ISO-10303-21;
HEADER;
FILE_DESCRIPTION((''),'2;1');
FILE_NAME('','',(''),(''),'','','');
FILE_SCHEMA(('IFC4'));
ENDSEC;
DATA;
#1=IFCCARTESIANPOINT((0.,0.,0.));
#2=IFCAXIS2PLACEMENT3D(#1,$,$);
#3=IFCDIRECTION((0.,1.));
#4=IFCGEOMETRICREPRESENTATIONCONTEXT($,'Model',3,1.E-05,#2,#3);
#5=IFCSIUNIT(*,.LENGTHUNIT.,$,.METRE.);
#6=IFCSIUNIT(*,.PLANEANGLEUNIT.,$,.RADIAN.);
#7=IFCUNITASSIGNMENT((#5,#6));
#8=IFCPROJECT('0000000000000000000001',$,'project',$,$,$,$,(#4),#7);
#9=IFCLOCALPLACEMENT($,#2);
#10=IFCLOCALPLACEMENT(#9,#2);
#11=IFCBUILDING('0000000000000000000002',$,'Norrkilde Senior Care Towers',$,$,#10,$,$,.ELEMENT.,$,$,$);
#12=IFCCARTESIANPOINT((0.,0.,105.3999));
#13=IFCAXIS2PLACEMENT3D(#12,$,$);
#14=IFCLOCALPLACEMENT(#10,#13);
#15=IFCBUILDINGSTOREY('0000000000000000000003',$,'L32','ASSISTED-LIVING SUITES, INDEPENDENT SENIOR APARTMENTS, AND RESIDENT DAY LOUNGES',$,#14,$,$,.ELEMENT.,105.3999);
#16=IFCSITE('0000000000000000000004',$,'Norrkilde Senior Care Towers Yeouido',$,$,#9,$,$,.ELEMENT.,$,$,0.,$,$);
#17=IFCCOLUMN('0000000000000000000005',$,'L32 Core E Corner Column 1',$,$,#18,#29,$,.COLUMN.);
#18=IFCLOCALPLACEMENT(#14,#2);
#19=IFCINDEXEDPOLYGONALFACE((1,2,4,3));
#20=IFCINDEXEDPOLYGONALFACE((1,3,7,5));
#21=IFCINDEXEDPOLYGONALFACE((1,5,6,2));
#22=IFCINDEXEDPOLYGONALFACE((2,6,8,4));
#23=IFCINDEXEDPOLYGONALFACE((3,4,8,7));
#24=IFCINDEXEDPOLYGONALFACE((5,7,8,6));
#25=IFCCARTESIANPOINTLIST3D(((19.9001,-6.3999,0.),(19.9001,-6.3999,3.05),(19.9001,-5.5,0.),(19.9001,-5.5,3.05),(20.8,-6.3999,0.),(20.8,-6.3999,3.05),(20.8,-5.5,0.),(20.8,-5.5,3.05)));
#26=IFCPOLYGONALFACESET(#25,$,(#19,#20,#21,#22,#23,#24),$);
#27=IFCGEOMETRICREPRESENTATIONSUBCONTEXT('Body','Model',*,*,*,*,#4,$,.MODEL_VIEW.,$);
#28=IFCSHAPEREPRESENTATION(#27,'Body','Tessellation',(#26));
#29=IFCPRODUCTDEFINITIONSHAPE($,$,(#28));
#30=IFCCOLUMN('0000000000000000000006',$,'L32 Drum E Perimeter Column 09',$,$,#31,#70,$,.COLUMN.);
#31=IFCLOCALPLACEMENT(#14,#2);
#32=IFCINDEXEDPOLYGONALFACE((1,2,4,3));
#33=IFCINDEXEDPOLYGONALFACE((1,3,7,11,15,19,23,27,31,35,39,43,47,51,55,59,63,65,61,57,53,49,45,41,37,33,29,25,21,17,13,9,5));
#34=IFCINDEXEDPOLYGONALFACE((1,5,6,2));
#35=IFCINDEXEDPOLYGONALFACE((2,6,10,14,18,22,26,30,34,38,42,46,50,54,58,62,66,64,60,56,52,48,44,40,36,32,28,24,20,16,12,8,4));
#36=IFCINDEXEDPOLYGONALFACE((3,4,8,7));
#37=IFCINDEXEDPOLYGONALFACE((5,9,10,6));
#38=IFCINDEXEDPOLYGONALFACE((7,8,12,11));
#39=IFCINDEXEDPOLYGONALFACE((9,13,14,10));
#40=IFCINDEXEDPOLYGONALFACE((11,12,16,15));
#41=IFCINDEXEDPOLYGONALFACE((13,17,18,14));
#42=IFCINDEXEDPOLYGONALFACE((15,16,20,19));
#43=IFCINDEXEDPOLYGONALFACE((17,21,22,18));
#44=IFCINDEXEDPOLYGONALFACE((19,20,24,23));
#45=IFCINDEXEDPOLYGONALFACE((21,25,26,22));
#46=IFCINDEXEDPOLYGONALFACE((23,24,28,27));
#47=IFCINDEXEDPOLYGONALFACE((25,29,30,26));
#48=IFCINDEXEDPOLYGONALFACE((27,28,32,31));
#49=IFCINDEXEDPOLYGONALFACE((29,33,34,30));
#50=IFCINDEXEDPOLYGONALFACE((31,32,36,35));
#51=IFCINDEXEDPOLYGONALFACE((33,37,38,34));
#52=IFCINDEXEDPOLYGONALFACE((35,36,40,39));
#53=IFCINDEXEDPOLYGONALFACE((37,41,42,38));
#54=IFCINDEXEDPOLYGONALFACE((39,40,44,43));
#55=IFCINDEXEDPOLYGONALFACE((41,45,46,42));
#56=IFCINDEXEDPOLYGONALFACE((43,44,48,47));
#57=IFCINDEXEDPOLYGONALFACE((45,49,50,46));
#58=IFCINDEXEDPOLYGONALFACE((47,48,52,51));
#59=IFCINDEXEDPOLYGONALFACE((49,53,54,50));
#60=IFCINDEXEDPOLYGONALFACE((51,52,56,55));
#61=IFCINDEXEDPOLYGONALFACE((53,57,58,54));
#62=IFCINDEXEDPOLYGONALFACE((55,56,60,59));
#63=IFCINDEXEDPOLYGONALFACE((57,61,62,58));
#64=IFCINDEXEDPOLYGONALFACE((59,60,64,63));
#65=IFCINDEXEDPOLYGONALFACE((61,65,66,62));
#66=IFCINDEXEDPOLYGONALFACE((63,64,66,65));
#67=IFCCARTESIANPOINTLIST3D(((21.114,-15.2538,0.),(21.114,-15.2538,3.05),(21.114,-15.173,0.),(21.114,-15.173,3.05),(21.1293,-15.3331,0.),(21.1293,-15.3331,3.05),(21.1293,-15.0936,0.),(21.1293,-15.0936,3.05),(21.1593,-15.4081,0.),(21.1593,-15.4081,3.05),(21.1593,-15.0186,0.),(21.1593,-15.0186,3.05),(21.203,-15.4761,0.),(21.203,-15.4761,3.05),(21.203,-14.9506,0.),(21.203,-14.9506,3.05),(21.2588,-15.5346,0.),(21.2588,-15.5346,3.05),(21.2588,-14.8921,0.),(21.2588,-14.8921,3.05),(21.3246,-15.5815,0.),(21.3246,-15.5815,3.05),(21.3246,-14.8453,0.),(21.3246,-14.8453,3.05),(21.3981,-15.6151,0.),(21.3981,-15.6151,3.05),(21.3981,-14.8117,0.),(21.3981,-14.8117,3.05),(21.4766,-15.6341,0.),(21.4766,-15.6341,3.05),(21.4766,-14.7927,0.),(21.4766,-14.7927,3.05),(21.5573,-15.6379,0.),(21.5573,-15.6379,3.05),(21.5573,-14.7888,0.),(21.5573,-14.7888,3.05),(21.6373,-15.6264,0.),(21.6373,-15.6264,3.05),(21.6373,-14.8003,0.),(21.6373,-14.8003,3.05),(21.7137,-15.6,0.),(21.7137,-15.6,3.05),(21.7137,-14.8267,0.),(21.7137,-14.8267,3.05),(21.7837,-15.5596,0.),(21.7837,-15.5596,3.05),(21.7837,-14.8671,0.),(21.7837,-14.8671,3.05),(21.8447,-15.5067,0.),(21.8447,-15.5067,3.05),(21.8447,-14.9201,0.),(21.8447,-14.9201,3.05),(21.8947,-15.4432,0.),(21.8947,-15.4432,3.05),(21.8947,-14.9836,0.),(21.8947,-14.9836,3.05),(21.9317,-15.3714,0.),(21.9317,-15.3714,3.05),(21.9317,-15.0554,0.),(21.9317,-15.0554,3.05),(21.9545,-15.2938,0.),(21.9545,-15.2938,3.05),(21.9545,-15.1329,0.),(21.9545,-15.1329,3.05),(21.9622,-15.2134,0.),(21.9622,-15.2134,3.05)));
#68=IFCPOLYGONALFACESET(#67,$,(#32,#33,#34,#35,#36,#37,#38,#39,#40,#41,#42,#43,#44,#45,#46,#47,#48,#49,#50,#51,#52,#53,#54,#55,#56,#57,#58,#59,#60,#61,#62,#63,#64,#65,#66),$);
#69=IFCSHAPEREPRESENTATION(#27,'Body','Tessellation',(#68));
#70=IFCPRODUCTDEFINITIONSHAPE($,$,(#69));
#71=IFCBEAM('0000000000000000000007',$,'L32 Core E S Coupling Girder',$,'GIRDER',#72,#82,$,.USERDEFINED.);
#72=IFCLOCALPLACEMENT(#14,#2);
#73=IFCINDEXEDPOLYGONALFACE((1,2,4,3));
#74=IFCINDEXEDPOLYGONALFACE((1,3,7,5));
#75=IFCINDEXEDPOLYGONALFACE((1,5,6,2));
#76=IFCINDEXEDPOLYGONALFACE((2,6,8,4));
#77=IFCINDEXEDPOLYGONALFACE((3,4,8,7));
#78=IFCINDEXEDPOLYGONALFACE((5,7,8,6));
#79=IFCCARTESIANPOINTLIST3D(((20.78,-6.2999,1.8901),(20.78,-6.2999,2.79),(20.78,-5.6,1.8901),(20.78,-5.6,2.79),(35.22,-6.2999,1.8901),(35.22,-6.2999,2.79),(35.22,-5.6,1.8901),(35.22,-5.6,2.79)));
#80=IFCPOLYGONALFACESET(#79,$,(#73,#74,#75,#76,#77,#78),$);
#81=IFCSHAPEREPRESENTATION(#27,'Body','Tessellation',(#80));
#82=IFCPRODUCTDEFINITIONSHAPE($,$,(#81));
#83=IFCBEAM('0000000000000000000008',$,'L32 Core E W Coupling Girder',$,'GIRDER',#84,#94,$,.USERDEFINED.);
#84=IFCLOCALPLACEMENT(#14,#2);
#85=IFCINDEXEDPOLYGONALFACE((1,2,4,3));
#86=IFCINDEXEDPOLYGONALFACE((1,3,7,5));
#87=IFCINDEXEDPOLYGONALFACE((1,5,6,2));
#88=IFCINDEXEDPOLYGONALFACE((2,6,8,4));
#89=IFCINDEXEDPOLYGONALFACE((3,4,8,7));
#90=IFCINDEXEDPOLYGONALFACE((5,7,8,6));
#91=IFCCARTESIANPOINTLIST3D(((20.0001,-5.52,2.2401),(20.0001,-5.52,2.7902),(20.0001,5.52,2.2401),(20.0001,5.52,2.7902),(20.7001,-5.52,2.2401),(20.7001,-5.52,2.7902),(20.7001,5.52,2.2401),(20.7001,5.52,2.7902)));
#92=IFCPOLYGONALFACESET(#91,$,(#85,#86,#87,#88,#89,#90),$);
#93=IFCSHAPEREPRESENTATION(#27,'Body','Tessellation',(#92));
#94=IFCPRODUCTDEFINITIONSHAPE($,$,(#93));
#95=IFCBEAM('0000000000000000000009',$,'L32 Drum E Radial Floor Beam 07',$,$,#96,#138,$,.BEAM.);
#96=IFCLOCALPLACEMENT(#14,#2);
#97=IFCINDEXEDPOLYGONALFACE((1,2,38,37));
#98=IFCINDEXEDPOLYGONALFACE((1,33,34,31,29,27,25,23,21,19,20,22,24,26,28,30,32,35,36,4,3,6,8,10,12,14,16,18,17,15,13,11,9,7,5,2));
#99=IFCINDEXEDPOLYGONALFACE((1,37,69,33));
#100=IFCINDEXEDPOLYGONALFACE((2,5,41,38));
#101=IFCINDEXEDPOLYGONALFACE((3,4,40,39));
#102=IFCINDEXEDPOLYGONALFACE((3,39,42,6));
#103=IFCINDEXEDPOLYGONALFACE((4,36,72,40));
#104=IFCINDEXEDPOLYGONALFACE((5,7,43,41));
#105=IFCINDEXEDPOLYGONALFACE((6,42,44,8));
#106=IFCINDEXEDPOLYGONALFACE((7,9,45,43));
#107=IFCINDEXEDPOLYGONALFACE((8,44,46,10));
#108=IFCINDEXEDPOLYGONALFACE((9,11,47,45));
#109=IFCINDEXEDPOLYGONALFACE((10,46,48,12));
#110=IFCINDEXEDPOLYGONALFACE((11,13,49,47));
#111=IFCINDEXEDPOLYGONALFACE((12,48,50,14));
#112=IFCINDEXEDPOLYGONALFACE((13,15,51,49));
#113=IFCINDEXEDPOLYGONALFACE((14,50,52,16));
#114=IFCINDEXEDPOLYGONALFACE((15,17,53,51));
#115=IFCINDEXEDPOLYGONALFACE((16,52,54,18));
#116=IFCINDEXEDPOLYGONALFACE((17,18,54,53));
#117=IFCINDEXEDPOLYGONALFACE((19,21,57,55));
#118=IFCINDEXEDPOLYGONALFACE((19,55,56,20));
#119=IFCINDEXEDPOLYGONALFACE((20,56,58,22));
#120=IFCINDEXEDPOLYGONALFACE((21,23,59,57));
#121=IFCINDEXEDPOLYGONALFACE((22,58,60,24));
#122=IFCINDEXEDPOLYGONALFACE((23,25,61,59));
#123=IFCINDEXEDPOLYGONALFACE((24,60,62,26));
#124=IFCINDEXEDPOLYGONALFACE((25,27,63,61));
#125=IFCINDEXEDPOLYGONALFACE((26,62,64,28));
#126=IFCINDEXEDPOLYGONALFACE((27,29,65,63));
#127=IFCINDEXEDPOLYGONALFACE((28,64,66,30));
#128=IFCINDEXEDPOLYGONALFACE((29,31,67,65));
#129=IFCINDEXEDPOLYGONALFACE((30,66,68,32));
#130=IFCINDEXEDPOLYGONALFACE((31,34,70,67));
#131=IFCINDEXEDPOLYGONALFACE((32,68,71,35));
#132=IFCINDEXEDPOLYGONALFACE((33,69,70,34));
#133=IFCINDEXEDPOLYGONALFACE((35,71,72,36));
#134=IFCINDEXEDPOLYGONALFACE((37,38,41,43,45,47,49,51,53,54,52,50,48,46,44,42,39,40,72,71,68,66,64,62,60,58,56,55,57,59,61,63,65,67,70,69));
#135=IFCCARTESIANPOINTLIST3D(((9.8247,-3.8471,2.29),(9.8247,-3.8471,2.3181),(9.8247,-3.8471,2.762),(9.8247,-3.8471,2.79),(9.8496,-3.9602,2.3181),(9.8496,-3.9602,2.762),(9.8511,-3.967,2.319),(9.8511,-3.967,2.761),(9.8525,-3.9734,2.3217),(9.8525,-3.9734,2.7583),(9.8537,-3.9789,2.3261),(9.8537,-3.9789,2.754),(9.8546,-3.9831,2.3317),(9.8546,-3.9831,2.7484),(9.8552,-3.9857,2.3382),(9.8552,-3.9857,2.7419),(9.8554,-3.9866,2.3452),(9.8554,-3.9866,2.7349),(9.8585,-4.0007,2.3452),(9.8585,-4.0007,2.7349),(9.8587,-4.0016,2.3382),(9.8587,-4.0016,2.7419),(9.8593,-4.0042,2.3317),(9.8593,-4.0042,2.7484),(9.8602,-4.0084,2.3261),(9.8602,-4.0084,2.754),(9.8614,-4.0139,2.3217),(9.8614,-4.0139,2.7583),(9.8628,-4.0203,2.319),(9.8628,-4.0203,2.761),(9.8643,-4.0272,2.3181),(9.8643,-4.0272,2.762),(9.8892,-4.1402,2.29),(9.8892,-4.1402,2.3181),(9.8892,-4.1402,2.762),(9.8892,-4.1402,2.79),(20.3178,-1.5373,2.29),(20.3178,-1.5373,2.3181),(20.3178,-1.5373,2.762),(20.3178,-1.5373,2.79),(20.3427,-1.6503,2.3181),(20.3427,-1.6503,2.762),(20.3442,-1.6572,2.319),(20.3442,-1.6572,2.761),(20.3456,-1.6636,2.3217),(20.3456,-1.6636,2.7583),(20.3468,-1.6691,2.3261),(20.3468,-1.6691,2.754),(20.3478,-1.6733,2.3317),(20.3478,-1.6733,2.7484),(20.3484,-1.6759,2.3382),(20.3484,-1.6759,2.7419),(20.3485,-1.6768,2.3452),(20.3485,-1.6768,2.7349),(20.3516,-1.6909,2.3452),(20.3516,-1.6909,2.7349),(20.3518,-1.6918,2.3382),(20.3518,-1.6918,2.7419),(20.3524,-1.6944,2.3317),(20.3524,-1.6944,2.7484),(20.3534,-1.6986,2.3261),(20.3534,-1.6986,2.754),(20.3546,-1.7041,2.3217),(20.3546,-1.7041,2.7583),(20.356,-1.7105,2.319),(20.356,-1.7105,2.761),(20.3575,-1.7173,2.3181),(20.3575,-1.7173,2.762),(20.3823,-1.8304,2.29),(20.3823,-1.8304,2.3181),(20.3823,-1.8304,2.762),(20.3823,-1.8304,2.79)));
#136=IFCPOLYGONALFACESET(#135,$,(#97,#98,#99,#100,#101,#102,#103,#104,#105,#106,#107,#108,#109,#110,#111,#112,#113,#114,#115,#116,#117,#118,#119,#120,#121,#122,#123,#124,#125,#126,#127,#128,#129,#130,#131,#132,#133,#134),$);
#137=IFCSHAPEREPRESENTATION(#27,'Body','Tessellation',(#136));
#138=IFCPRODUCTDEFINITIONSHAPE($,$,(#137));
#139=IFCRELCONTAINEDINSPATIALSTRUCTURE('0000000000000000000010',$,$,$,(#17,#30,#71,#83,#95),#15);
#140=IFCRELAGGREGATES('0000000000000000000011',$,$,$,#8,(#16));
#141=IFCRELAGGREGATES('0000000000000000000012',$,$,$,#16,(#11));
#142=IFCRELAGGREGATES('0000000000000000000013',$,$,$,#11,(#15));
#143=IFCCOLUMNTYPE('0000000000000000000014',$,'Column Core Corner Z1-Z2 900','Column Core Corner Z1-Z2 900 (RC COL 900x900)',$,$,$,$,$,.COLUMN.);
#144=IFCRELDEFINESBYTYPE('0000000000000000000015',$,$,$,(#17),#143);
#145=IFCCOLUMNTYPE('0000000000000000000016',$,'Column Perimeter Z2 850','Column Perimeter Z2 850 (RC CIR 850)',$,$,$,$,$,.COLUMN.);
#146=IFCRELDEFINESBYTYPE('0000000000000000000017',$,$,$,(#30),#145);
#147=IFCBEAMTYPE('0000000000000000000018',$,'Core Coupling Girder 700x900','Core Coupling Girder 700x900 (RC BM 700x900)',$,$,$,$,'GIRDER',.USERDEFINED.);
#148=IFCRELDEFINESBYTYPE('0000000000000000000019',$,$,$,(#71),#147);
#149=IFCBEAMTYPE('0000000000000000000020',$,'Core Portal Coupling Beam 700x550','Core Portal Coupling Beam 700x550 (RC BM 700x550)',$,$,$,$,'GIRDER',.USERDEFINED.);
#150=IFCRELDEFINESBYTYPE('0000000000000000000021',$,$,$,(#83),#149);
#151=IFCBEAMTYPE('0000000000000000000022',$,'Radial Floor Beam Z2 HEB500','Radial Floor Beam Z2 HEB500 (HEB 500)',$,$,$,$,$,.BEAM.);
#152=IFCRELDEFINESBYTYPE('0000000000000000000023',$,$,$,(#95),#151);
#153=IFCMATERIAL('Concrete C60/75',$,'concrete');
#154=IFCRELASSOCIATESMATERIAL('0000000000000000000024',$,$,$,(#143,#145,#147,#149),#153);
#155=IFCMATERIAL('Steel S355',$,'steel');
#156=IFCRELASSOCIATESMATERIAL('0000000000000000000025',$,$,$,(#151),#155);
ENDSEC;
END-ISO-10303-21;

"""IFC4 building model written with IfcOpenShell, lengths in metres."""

from ifc_helpers import new_model, si_unit, direction, frame, origin, origin_2d, place, context, subcontext, project, spatial, rectangle, circle, i_section, extrude, source, transform, mapped, material, material_profile, profile_set, type_object, type_shapes, element, save


model = new_model("IFC4")

# Units and contexts
model_context = context("Model", 3, precision=1e-05, world=origin(), true_north=direction((0.0, 1.0)))
body_context = subcontext(model_context, "Body", "Model", "MODEL_VIEW")
ifc_project = project(units=[si_unit("LENGTHUNIT", "METRE"), si_unit("PLANEANGLEUNIT", "RADIAN")], contexts=[model_context])

# Site, building, storey
site_placement = place(None, origin())
site = spatial("IfcSite", under=ifc_project, at=site_placement, Name="Norrkilde Senior Care Towers Yeouido", CompositionType="ELEMENT", RefElevation=0.0)
building_placement = place(site_placement, origin())
building = spatial("IfcBuilding", under=site, at=building_placement, Name="Norrkilde Senior Care Towers", CompositionType="ELEMENT")
storey_placement = place(building_placement, frame((0.0, 0.0, 105.3999)))
storey = spatial("IfcBuildingStorey", under=building, at=storey_placement, Name="L32", Description="ASSISTED-LIVING SUITES, INDEPENDENT SENIOR APARTMENTS, AND RESIDENT DAY LOUNGES", CompositionType="ELEMENT", Elevation=105.3999)

# Columns
ifc_material_1 = material(Name="Concrete C60/75", Category="concrete")
ifc_material_profile_1 = material_profile(ifc_material_1, rectangle(XDim=0.8999, YDim=0.8999, at=origin_2d()), Name="RC COL 900x900")
ifc_profile_set_1 = profile_set([ifc_material_profile_1], Name="Concrete C60/75")
column_type_1 = type_object("IfcColumnType", Name="Column Core Corner Z1-Z2 900", Description="Column Core Corner Z1-Z2 900 (RC COL 900x900)", PredefinedType="COLUMN", material=ifc_profile_set_1)
shared_shape_1 = source(origin(), body_context, "Body", "SweptSolid", [
    extrude(rectangle(XDim=0.8999, YDim=0.8999, at=origin_2d()), origin(), (0.0, 0.0, 1.0), 3.05),
])
type_shapes(column_type_1, [shared_shape_1])
column_1_placement = place(storey_placement, frame((20.3501, -5.95, 0.0), z_axis=(0.0, 0.0, 1.0), x_axis=(1.0, 0.0, 0.0)))
element("IfcColumn", 1, at=column_1_placement, inside=storey, type_object=column_type_1, Name="L32 Core E Corner Column 1", PredefinedType="COLUMN", context=body_context, shape_type="MappedRepresentation", body=[
    mapped(shared_shape_1, transform((0.0, 0.0, 0.0), x_axis=(1.0, 0.0, 0.0), y_axis=(0.0, 1.0, 0.0), z_axis=(0.0, 0.0, 1.0), scale=1.0)),
])
ifc_material_profile_2 = material_profile(ifc_material_1, circle(Radius=0.425, at=origin_2d()), Name="RC CIR 850")
ifc_profile_set_2 = profile_set([ifc_material_profile_2], Name="Concrete C60/75")
column_type_2 = type_object("IfcColumnType", Name="Column Perimeter Z2 850", Description="Column Perimeter Z2 850 (RC CIR 850)", PredefinedType="COLUMN", material=ifc_profile_set_2)
shared_shape_2 = source(origin(), body_context, "Body", "SweptSolid", [
    extrude(circle(Radius=0.425, at=origin_2d()), origin(), (0.0, 0.0, 1.0), 3.05),
])
type_shapes(column_type_2, [shared_shape_2])
column_2_placement = place(storey_placement, frame((21.5371, -15.2134, 0.0), z_axis=(0.0, 0.0, 1.0), x_axis=(1.0, 0.0, 0.0)))
element("IfcColumn", 2, at=column_2_placement, inside=storey, type_object=column_type_2, Name="L32 Drum E Perimeter Column 09", PredefinedType="COLUMN", context=body_context, shape_type="MappedRepresentation", body=[
    mapped(shared_shape_2, transform((0.0, 0.0, 0.0), x_axis=(1.0, 0.0, 0.0), y_axis=(0.0, 1.0, 0.0), z_axis=(0.0, 0.0, 1.0), scale=1.0)),
])

# Beams
ifc_material_profile_3 = material_profile(ifc_material_1, rectangle(XDim=0.7, YDim=0.8999, at=origin_2d()), Name="RC BM 700x900")
ifc_profile_set_3 = profile_set([ifc_material_profile_3], Name="Concrete C60/75")
beam_type_1 = type_object("IfcBeamType", Name="Core Coupling Girder 700x900", Description="Core Coupling Girder 700x900 (RC BM 700x900)", ElementType="GIRDER", PredefinedType="USERDEFINED", material=ifc_profile_set_3)
shared_shape_3 = source(origin(), body_context, "Body", "SweptSolid", [
    extrude(rectangle(XDim=0.7, YDim=0.8999, at=origin_2d()), origin(), (0.0, 0.0, 1.0), 14.4399),
])
type_shapes(beam_type_1, [shared_shape_3])
beam_1_placement = place(storey_placement, frame((20.78, -5.95, 2.3401), z_axis=(1.0, 0.0, 0.0), x_axis=(0.0, 1.0, 0.0)))
element("IfcBeam", 3, at=beam_1_placement, inside=storey, type_object=beam_type_1, Name="L32 Core E S Coupling Girder", ObjectType="GIRDER", PredefinedType="USERDEFINED", context=body_context, shape_type="MappedRepresentation", body=[
    mapped(shared_shape_3, transform((0.0, 0.0, 0.0), x_axis=(1.0, 0.0, 0.0), y_axis=(0.0, 1.0, 0.0), z_axis=(0.0, 0.0, 1.0), scale=1.0)),
])
ifc_material_profile_4 = material_profile(ifc_material_1, rectangle(XDim=0.7, YDim=0.55, at=origin_2d()), Name="RC BM 700x550")
ifc_profile_set_4 = profile_set([ifc_material_profile_4], Name="Concrete C60/75")
beam_type_2 = type_object("IfcBeamType", Name="Core Portal Coupling Beam 700x550", Description="Core Portal Coupling Beam 700x550 (RC BM 700x550)", ElementType="GIRDER", PredefinedType="USERDEFINED", material=ifc_profile_set_4)
shared_shape_4 = source(origin(), body_context, "Body", "SweptSolid", [
    extrude(rectangle(XDim=0.7, YDim=0.55, at=origin_2d()), origin(), (0.0, 0.0, 1.0), 11.04),
])
type_shapes(beam_type_2, [shared_shape_4])
beam_2_placement = place(storey_placement, frame((20.3501, -5.52, 2.5151), z_axis=(0.0, 1.0, 0.0), x_axis=(-1.0, 0.0, 0.0)))
element("IfcBeam", 4, at=beam_2_placement, inside=storey, type_object=beam_type_2, Name="L32 Core E W Coupling Girder", ObjectType="GIRDER", PredefinedType="USERDEFINED", context=body_context, shape_type="MappedRepresentation", body=[
    mapped(shared_shape_4, transform((0.0, 0.0, 0.0), x_axis=(1.0, 0.0, 0.0), y_axis=(0.0, 1.0, 0.0), z_axis=(0.0, 0.0, 1.0), scale=1.0)),
])
ifc_material_2 = material(Name="Steel S355", Category="steel")
ifc_material_profile_5 = material_profile(ifc_material_2, i_section(OverallWidth=0.3, OverallDepth=0.5, WebThickness=0.0144, FlangeThickness=0.0281, FilletRadius=0.0271, at=origin_2d()), Name="HEB 500")
ifc_profile_set_5 = profile_set([ifc_material_profile_5], Name="Steel S355")
beam_type_3 = type_object("IfcBeamType", Name="Radial Floor Beam Z2 HEB500", Description="Radial Floor Beam Z2 HEB500 (HEB 500)", PredefinedType="BEAM", material=ifc_profile_set_5)
shared_shape_5 = source(origin(), body_context, "Body", "SweptSolid", [
    extrude(i_section(OverallWidth=0.3, OverallDepth=0.5, WebThickness=0.0144, FlangeThickness=0.0281, FilletRadius=0.0271, at=origin_2d()), origin(), (0.0, 0.0, 1.0), 10.7444),
])
beam_3_placement = place(storey_placement, frame((20.3501, -1.6838, 2.54), z_axis=(-0.976619, -0.214979, 0.0), x_axis=(0.214979, -0.976619, 0.0)))
element("IfcBeam", 5, at=beam_3_placement, inside=storey, type_object=beam_type_3, Name="L32 Drum E Radial Floor Beam 07", PredefinedType="BEAM", context=body_context, shape_type="MappedRepresentation", body=[
    mapped(shared_shape_5, transform((0.0, 0.0, 0.0), x_axis=(1.0, 0.0, 0.0), y_axis=(0.0, 1.0, 0.0), z_axis=(0.0, 0.0, 1.0), scale=1.0)),
])

save(model, "model.ifc")
